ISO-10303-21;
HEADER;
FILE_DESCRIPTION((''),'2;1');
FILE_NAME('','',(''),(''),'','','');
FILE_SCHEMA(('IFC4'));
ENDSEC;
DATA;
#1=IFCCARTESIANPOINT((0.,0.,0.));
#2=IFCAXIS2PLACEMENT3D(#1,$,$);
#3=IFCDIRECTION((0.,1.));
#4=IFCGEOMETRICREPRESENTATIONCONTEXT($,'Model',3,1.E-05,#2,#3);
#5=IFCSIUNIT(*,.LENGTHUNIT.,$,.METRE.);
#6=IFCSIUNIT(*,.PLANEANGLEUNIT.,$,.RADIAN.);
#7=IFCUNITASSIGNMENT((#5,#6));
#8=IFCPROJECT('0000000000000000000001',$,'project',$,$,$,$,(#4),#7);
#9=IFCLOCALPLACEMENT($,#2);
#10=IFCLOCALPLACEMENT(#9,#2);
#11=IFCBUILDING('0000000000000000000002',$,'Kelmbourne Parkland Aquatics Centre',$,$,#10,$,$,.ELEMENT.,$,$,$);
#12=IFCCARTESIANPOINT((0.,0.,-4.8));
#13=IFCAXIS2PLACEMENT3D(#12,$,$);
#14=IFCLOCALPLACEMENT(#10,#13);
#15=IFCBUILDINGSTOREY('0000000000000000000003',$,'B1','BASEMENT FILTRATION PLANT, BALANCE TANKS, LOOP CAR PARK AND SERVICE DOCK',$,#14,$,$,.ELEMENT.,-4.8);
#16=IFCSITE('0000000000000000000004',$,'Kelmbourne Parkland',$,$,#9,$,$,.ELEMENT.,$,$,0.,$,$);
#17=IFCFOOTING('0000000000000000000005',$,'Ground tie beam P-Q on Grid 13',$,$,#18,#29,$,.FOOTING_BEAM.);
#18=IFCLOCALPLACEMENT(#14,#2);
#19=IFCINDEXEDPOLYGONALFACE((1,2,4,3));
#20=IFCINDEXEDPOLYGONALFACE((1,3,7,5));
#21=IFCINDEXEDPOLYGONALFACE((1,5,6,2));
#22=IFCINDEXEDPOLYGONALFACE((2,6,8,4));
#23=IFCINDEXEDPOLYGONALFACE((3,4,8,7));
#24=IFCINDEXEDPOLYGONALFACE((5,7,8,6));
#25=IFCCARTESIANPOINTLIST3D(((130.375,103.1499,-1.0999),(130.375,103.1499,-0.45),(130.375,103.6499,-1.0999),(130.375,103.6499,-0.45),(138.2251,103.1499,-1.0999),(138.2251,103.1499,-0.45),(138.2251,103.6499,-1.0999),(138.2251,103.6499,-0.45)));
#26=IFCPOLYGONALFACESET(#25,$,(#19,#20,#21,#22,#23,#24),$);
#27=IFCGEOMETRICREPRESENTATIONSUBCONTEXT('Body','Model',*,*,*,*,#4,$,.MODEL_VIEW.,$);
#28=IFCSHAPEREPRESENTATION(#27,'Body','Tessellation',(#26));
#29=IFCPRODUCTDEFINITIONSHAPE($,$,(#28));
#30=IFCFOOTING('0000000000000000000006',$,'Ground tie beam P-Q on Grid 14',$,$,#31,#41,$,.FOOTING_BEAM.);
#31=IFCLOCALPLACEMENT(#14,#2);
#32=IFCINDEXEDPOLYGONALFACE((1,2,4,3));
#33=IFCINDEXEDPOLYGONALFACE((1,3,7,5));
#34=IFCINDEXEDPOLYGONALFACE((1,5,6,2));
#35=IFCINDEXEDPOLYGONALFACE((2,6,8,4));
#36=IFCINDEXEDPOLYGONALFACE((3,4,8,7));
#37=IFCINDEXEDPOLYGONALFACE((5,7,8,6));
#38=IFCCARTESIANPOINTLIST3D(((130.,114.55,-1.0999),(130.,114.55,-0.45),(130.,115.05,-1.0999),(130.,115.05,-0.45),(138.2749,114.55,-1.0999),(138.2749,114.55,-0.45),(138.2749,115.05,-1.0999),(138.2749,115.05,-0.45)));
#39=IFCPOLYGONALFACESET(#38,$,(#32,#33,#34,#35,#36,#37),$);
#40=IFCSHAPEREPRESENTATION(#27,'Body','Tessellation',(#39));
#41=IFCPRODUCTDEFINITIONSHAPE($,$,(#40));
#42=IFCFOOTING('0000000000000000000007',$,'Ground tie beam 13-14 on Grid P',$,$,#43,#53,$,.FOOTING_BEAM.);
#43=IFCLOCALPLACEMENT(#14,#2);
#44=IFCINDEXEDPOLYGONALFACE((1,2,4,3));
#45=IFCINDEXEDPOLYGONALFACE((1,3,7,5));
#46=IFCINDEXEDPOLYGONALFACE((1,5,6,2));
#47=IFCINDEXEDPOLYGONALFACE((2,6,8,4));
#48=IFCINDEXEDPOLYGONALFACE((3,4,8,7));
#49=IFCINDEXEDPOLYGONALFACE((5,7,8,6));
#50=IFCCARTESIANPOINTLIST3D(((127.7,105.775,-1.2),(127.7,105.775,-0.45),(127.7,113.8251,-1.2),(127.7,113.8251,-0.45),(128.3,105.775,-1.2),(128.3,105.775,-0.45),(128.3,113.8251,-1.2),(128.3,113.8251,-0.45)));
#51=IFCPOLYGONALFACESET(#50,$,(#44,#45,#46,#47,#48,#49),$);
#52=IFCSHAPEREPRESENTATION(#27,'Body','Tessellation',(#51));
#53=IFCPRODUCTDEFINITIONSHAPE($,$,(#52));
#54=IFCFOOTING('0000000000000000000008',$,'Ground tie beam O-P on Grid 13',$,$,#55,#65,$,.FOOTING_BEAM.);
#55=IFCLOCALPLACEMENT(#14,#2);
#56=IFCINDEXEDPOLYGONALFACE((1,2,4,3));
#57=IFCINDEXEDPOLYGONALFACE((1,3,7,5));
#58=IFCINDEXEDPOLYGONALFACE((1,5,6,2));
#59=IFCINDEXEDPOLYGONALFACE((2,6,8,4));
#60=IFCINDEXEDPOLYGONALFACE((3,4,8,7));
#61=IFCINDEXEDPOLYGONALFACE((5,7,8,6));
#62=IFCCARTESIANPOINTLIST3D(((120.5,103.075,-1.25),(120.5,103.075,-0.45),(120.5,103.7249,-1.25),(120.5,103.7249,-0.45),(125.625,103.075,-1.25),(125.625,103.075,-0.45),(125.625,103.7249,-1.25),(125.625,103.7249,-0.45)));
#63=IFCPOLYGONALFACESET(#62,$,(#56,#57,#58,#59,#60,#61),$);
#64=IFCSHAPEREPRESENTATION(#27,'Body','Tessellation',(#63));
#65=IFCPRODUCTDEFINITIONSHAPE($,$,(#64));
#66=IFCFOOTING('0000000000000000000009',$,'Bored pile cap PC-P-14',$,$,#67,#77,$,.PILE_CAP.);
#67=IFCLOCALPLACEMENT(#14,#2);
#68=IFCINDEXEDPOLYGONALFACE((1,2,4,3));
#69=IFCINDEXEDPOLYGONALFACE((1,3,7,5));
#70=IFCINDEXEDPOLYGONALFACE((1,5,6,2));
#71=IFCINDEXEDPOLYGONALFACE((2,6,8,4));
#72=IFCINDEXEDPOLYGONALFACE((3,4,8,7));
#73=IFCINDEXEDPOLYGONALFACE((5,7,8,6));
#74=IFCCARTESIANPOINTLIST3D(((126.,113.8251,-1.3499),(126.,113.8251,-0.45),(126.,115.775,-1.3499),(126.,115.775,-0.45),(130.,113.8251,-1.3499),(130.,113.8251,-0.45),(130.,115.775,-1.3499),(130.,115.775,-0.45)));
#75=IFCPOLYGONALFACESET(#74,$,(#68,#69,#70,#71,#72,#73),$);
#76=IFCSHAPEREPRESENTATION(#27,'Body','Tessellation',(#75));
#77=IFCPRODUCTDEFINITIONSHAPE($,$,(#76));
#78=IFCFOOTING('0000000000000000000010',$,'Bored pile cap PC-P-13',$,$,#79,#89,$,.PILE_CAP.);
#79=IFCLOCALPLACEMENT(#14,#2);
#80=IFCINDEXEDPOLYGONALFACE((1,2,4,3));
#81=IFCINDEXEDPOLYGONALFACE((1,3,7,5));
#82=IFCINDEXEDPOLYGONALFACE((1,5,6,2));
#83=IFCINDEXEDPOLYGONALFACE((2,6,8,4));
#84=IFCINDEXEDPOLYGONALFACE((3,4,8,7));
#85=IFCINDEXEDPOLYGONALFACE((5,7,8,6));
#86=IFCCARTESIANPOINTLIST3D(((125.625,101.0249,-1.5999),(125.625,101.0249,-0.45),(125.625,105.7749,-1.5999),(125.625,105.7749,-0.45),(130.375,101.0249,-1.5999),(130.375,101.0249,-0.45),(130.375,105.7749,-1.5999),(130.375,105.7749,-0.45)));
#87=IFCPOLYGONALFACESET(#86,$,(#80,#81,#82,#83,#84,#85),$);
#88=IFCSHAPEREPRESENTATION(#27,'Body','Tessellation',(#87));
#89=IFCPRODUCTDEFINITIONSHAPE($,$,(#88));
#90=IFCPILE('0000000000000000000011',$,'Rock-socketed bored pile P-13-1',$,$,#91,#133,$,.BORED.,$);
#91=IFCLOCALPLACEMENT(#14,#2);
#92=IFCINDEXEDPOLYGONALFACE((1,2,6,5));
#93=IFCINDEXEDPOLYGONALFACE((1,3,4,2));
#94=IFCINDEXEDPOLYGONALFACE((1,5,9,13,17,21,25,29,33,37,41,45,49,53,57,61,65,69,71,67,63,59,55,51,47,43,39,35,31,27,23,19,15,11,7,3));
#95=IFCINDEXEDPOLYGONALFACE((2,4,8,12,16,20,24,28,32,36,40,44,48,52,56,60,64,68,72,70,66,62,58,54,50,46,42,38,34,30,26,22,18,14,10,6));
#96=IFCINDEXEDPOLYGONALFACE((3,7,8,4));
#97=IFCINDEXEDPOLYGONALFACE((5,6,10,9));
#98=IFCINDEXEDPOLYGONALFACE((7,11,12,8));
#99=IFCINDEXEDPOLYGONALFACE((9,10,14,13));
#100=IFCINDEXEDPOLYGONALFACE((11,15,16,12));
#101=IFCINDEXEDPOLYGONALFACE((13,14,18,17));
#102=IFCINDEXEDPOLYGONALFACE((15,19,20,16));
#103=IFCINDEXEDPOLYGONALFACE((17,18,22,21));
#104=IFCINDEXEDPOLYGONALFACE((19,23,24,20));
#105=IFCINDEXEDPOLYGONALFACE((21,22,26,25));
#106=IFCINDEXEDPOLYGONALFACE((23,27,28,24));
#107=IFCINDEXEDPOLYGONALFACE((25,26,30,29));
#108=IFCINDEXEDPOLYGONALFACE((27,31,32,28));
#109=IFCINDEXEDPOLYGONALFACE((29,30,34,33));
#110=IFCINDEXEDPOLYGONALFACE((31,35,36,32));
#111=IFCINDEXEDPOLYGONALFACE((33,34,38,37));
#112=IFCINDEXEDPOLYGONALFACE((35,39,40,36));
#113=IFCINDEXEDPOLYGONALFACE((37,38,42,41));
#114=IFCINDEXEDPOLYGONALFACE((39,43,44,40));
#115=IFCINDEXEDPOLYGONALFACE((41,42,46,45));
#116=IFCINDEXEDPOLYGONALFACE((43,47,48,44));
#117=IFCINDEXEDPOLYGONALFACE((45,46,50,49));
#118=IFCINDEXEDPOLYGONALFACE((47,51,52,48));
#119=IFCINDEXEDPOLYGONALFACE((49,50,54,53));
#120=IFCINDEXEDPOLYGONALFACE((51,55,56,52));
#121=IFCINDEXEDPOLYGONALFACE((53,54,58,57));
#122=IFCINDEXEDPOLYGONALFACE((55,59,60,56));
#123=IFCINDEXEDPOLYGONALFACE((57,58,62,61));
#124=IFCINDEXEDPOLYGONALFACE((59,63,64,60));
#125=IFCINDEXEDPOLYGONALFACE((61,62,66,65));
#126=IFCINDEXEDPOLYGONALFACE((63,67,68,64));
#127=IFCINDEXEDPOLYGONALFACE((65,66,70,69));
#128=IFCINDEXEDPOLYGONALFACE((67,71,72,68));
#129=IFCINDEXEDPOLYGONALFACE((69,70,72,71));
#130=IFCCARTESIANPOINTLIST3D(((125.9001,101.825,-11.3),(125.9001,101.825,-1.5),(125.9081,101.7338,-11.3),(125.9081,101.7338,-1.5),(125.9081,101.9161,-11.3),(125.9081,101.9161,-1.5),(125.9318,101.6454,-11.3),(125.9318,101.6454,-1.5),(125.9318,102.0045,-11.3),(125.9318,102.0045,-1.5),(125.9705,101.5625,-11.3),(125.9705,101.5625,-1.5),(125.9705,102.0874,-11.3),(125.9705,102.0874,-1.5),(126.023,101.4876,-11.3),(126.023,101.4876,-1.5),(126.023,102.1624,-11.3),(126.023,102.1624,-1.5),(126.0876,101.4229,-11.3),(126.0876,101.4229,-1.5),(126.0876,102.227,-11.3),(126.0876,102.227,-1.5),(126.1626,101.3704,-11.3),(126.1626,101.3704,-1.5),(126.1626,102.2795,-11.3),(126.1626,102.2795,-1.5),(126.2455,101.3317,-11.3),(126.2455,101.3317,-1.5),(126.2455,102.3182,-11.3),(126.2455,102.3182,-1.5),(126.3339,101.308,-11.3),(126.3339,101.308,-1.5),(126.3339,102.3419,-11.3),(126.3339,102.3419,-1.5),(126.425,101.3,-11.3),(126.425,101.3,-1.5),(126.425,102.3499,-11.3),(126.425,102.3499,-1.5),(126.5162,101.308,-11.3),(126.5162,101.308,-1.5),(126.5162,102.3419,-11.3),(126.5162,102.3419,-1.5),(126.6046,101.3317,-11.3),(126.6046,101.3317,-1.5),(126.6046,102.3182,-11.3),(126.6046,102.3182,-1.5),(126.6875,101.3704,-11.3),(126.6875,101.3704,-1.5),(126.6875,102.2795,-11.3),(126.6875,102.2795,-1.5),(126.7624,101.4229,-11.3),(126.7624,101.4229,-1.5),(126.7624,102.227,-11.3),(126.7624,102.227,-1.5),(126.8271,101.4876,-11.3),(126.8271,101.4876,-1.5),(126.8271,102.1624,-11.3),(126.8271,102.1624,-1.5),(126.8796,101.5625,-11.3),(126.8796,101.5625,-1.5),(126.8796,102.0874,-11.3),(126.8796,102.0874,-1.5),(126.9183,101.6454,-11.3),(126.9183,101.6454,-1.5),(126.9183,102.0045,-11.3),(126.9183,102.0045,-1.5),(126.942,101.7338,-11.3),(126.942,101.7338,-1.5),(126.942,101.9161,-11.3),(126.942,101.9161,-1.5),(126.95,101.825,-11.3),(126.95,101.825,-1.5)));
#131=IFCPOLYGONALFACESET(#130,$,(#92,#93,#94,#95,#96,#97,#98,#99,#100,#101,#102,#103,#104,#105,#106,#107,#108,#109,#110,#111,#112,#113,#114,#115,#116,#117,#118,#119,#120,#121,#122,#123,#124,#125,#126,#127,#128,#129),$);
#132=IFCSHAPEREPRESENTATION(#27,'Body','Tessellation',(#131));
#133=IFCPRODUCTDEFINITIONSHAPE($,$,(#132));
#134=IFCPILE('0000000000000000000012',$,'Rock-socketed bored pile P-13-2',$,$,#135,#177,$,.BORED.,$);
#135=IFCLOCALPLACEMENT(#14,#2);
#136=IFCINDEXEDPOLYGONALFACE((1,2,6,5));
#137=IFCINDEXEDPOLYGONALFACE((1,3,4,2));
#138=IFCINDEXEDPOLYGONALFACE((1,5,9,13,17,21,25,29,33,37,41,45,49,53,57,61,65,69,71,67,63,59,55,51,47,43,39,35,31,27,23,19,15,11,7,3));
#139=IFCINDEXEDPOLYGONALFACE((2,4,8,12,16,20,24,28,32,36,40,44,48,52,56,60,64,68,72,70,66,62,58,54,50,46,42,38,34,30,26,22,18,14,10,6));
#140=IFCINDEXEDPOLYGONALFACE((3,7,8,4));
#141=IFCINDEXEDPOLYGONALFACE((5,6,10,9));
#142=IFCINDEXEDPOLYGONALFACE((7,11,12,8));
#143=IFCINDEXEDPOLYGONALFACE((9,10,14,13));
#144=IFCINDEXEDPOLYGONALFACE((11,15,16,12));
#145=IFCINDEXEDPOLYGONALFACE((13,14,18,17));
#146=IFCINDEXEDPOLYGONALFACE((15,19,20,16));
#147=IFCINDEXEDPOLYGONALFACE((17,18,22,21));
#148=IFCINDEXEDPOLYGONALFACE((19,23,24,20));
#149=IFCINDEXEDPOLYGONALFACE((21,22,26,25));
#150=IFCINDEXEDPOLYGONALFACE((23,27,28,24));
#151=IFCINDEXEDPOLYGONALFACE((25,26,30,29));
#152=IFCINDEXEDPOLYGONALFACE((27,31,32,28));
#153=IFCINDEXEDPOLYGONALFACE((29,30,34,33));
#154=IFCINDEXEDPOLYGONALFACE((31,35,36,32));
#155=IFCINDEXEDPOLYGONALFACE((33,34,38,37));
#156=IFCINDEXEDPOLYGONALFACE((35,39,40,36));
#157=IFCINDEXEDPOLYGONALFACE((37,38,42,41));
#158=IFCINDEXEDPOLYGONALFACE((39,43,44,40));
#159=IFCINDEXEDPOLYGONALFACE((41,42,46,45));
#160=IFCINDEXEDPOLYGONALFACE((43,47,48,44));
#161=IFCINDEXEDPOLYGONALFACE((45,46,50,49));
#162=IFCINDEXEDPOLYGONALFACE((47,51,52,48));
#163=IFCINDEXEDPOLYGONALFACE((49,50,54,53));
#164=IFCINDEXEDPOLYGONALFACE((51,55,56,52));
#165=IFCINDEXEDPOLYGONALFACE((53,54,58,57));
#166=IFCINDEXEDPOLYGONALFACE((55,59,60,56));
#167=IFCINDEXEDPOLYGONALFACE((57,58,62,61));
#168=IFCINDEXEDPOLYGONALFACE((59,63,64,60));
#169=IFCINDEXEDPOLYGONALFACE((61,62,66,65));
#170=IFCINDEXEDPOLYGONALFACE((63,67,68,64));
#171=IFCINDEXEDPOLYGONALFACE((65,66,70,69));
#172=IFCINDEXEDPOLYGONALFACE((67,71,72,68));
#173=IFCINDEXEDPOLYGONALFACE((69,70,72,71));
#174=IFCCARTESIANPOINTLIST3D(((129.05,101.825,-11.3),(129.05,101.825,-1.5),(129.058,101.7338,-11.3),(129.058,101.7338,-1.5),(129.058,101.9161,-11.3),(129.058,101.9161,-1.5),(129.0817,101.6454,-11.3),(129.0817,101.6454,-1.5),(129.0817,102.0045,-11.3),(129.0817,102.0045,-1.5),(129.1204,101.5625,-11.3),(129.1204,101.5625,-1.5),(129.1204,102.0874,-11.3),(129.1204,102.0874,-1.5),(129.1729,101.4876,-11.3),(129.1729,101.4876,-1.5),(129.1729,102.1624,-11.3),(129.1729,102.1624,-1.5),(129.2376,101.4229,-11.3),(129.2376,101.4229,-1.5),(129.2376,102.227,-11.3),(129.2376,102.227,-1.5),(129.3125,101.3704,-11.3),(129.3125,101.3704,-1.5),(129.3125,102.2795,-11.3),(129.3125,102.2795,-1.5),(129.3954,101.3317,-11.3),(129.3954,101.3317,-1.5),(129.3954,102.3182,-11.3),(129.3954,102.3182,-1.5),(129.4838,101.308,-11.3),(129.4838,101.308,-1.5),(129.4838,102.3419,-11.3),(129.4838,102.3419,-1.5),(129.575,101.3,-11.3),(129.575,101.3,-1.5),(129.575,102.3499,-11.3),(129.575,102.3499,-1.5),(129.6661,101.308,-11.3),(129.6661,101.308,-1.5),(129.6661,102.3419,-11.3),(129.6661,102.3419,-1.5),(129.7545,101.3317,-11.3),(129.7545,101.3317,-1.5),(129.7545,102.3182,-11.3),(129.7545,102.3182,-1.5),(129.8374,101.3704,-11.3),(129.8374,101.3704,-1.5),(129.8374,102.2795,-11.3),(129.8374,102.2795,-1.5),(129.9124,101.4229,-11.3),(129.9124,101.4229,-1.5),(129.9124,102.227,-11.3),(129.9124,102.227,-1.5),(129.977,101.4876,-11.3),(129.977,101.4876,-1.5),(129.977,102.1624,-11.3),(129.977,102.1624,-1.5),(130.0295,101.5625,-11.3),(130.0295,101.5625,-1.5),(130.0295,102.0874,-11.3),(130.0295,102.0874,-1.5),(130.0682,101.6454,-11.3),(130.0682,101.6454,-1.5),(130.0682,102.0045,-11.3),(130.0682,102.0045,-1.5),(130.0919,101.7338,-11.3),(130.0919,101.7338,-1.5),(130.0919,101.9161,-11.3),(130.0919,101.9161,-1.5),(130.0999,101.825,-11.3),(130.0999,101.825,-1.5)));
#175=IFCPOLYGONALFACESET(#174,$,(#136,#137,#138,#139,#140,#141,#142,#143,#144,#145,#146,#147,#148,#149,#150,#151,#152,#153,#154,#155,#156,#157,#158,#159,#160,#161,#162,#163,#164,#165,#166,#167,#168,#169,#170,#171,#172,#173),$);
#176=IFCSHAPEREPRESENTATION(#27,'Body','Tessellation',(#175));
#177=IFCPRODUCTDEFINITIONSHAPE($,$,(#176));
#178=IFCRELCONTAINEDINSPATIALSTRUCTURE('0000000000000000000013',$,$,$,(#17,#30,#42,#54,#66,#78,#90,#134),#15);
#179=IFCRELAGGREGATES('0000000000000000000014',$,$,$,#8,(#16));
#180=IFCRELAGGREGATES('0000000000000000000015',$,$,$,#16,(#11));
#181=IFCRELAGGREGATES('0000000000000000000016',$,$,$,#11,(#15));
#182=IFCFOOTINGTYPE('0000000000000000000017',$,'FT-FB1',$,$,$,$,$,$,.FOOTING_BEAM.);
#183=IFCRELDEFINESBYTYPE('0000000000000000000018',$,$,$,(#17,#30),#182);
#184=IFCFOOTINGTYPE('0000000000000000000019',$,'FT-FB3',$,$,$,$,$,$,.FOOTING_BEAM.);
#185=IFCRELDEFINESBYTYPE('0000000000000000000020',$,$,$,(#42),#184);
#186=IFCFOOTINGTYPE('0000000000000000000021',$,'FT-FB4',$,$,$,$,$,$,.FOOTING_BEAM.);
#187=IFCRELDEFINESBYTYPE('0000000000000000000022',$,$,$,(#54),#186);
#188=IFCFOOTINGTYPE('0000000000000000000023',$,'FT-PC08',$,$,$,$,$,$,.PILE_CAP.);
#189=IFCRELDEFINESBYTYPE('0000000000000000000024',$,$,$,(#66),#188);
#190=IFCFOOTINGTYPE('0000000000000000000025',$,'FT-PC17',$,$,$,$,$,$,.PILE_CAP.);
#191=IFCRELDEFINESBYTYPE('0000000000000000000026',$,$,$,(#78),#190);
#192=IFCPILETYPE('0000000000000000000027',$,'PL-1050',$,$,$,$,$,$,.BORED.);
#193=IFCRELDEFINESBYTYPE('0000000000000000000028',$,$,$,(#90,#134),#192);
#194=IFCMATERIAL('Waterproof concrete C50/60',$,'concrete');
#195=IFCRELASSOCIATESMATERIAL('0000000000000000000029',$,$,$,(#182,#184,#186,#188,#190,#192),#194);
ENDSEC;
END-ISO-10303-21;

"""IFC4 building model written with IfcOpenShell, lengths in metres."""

from ifc_helpers import new_model, si_unit, direction, frame, origin, origin_2d, place, context, subcontext, project, spatial, rectangle, circle, extrude, material, material_profile, profile_set, type_object, element, save


model = new_model("IFC4")

# Units and contexts
model_context = context("Model", 3, precision=1e-05, world=origin(), true_north=direction((0.0, 1.0)))
body_context = subcontext(model_context, "Body", "Model", "MODEL_VIEW")
ifc_project = project(units=[si_unit("LENGTHUNIT", "METRE"), si_unit("PLANEANGLEUNIT", "RADIAN")], contexts=[model_context])

# Site, building, storey
site_placement = place(None, origin())
site = spatial("IfcSite", under=ifc_project, at=site_placement, Name="Kelmbourne Parkland", CompositionType="ELEMENT", RefElevation=0.0)
building_placement = place(site_placement, origin())
building = spatial("IfcBuilding", under=site, at=building_placement, Name="Kelmbourne Parkland Aquatics Centre", CompositionType="ELEMENT")
storey_placement = place(building_placement, frame((0.0, 0.0, -4.8)))
storey = spatial("IfcBuildingStorey", under=building, at=storey_placement, Name="B1", Description="BASEMENT FILTRATION PLANT, BALANCE TANKS, LOOP CAR PARK AND SERVICE DOCK", CompositionType="ELEMENT", Elevation=-4.8)

# Footings
ifc_material_1 = material(Name="Waterproof concrete C50/60", Category="concrete")
footing_type_1 = type_object("IfcFootingType", Name="FT-FB1", PredefinedType="FOOTING_BEAM", material=ifc_material_1)
footing_1_placement = place(storey_placement, frame((134.3, 103.3999, -1.0999), z_axis=(0.0, 0.0, 1.0), x_axis=(1.0, 0.0, 0.0)))
element("IfcFooting", 1, at=footing_1_placement, inside=storey, type_object=footing_type_1, Name="Ground tie beam P-Q on Grid 13", PredefinedType="FOOTING_BEAM", context=body_context, shape_type="SweptSolid", body=[
    extrude(rectangle(XDim=7.8501, YDim=0.5, at=origin_2d()), origin(), (0.0, 0.0, 1.0), 0.6499),
])
footing_2_placement = place(storey_placement, frame((134.1375, 114.8, -1.0999), z_axis=(0.0, 0.0, 1.0), x_axis=(1.0, 0.0, 0.0)))
element("IfcFooting", 2, at=footing_2_placement, inside=storey, type_object=footing_type_1, Name="Ground tie beam P-Q on Grid 14", PredefinedType="FOOTING_BEAM", context=body_context, shape_type="SweptSolid", body=[
    extrude(rectangle(XDim=8.2749, YDim=0.5, at=origin_2d()), origin(), (0.0, 0.0, 1.0), 0.6499),
])
footing_type_2 = type_object("IfcFootingType", Name="FT-FB3", PredefinedType="FOOTING_BEAM", material=ifc_material_1)
footing_3_placement = place(storey_placement, frame((128.0, 109.8, -1.2), z_axis=(0.0, 0.0, 1.0), x_axis=(0.0, 1.0, 0.0)))
element("IfcFooting", 3, at=footing_3_placement, inside=storey, type_object=footing_type_2, Name="Ground tie beam 13-14 on Grid P", PredefinedType="FOOTING_BEAM", context=body_context, shape_type="SweptSolid", body=[
    extrude(rectangle(XDim=8.05, YDim=0.6001, at=origin_2d()), origin(), (0.0, 0.0, 1.0), 0.75),
])
footing_type_3 = type_object("IfcFootingType", Name="FT-FB4", PredefinedType="FOOTING_BEAM", material=ifc_material_1)
footing_4_placement = place(storey_placement, frame((123.0625, 103.3999, -1.25), z_axis=(0.0, 0.0, 1.0), x_axis=(1.0, 0.0, 0.0)))
element("IfcFooting", 4, at=footing_4_placement, inside=storey, type_object=footing_type_3, Name="Ground tie beam O-P on Grid 13", PredefinedType="FOOTING_BEAM", context=body_context, shape_type="SweptSolid", body=[
    extrude(rectangle(XDim=5.125, YDim=0.6499, at=origin_2d()), origin(), (0.0, 0.0, 1.0), 0.8),
])
footing_type_4 = type_object("IfcFootingType", Name="FT-PC08", PredefinedType="PILE_CAP", material=ifc_material_1)
footing_5_placement = place(storey_placement, frame((128.0, 114.8, -1.3499), z_axis=(0.0, 0.0, 1.0), x_axis=(1.0, 0.0, 0.0)))
element("IfcFooting", 5, at=footing_5_placement, inside=storey, type_object=footing_type_4, Name="Bored pile cap PC-P-14", PredefinedType="PILE_CAP", context=body_context, shape_type="SweptSolid", body=[
    extrude(rectangle(XDim=4.0, YDim=1.95, at=origin_2d()), origin(), (0.0, 0.0, 1.0), 0.8999),
])
footing_type_5 = type_object("IfcFootingType", Name="FT-PC17", PredefinedType="PILE_CAP", material=ifc_material_1)
footing_6_placement = place(storey_placement, frame((128.0, 103.3999, -1.5999), z_axis=(0.0, 0.0, 1.0), x_axis=(1.0, 0.0, 0.0)))
element("IfcFooting", 6, at=footing_6_placement, inside=storey, type_object=footing_type_5, Name="Bored pile cap PC-P-13", PredefinedType="PILE_CAP", context=body_context, shape_type="SweptSolid", body=[
    extrude(rectangle(XDim=4.75, YDim=4.75, at=origin_2d()), origin(), (0.0, 0.0, 1.0), 1.1499),
])

# Piles
ifc_material_profile_1 = material_profile(ifc_material_1, circle(Radius=0.5249, at=origin_2d()), Name="PILE D1050")
ifc_profile_set_1 = profile_set([ifc_material_profile_1], Name="Waterproof concrete C50/60")
pile_type_1 = type_object("IfcPileType", Name="PL-1050", PredefinedType="BORED", material=ifc_profile_set_1)
for number, where, z_axis, x_axis, name in (
    (7, (126.425, 101.825, -1.5), (0.0, 0.0, -1.0), (1.0, 0.0, 0.0), "Rock-socketed bored pile P-13-1"),
    (8, (129.575, 101.825, -1.5), (0.0, 0.0, -1.0), (1.0, 0.0, 0.0), "Rock-socketed bored pile P-13-2"),
):
    element("IfcPile", number, at=place(storey_placement, frame(where, z_axis=z_axis, x_axis=x_axis)), inside=storey, type_object=pile_type_1, Name=name, PredefinedType="BORED", context=body_context, shape_type="SweptSolid", body=[
        extrude(circle(Radius=0.5249, at=origin_2d()), origin(), (0.0, 0.0, 1.0), 9.8),
    ])

save(model, "model.ifc")
